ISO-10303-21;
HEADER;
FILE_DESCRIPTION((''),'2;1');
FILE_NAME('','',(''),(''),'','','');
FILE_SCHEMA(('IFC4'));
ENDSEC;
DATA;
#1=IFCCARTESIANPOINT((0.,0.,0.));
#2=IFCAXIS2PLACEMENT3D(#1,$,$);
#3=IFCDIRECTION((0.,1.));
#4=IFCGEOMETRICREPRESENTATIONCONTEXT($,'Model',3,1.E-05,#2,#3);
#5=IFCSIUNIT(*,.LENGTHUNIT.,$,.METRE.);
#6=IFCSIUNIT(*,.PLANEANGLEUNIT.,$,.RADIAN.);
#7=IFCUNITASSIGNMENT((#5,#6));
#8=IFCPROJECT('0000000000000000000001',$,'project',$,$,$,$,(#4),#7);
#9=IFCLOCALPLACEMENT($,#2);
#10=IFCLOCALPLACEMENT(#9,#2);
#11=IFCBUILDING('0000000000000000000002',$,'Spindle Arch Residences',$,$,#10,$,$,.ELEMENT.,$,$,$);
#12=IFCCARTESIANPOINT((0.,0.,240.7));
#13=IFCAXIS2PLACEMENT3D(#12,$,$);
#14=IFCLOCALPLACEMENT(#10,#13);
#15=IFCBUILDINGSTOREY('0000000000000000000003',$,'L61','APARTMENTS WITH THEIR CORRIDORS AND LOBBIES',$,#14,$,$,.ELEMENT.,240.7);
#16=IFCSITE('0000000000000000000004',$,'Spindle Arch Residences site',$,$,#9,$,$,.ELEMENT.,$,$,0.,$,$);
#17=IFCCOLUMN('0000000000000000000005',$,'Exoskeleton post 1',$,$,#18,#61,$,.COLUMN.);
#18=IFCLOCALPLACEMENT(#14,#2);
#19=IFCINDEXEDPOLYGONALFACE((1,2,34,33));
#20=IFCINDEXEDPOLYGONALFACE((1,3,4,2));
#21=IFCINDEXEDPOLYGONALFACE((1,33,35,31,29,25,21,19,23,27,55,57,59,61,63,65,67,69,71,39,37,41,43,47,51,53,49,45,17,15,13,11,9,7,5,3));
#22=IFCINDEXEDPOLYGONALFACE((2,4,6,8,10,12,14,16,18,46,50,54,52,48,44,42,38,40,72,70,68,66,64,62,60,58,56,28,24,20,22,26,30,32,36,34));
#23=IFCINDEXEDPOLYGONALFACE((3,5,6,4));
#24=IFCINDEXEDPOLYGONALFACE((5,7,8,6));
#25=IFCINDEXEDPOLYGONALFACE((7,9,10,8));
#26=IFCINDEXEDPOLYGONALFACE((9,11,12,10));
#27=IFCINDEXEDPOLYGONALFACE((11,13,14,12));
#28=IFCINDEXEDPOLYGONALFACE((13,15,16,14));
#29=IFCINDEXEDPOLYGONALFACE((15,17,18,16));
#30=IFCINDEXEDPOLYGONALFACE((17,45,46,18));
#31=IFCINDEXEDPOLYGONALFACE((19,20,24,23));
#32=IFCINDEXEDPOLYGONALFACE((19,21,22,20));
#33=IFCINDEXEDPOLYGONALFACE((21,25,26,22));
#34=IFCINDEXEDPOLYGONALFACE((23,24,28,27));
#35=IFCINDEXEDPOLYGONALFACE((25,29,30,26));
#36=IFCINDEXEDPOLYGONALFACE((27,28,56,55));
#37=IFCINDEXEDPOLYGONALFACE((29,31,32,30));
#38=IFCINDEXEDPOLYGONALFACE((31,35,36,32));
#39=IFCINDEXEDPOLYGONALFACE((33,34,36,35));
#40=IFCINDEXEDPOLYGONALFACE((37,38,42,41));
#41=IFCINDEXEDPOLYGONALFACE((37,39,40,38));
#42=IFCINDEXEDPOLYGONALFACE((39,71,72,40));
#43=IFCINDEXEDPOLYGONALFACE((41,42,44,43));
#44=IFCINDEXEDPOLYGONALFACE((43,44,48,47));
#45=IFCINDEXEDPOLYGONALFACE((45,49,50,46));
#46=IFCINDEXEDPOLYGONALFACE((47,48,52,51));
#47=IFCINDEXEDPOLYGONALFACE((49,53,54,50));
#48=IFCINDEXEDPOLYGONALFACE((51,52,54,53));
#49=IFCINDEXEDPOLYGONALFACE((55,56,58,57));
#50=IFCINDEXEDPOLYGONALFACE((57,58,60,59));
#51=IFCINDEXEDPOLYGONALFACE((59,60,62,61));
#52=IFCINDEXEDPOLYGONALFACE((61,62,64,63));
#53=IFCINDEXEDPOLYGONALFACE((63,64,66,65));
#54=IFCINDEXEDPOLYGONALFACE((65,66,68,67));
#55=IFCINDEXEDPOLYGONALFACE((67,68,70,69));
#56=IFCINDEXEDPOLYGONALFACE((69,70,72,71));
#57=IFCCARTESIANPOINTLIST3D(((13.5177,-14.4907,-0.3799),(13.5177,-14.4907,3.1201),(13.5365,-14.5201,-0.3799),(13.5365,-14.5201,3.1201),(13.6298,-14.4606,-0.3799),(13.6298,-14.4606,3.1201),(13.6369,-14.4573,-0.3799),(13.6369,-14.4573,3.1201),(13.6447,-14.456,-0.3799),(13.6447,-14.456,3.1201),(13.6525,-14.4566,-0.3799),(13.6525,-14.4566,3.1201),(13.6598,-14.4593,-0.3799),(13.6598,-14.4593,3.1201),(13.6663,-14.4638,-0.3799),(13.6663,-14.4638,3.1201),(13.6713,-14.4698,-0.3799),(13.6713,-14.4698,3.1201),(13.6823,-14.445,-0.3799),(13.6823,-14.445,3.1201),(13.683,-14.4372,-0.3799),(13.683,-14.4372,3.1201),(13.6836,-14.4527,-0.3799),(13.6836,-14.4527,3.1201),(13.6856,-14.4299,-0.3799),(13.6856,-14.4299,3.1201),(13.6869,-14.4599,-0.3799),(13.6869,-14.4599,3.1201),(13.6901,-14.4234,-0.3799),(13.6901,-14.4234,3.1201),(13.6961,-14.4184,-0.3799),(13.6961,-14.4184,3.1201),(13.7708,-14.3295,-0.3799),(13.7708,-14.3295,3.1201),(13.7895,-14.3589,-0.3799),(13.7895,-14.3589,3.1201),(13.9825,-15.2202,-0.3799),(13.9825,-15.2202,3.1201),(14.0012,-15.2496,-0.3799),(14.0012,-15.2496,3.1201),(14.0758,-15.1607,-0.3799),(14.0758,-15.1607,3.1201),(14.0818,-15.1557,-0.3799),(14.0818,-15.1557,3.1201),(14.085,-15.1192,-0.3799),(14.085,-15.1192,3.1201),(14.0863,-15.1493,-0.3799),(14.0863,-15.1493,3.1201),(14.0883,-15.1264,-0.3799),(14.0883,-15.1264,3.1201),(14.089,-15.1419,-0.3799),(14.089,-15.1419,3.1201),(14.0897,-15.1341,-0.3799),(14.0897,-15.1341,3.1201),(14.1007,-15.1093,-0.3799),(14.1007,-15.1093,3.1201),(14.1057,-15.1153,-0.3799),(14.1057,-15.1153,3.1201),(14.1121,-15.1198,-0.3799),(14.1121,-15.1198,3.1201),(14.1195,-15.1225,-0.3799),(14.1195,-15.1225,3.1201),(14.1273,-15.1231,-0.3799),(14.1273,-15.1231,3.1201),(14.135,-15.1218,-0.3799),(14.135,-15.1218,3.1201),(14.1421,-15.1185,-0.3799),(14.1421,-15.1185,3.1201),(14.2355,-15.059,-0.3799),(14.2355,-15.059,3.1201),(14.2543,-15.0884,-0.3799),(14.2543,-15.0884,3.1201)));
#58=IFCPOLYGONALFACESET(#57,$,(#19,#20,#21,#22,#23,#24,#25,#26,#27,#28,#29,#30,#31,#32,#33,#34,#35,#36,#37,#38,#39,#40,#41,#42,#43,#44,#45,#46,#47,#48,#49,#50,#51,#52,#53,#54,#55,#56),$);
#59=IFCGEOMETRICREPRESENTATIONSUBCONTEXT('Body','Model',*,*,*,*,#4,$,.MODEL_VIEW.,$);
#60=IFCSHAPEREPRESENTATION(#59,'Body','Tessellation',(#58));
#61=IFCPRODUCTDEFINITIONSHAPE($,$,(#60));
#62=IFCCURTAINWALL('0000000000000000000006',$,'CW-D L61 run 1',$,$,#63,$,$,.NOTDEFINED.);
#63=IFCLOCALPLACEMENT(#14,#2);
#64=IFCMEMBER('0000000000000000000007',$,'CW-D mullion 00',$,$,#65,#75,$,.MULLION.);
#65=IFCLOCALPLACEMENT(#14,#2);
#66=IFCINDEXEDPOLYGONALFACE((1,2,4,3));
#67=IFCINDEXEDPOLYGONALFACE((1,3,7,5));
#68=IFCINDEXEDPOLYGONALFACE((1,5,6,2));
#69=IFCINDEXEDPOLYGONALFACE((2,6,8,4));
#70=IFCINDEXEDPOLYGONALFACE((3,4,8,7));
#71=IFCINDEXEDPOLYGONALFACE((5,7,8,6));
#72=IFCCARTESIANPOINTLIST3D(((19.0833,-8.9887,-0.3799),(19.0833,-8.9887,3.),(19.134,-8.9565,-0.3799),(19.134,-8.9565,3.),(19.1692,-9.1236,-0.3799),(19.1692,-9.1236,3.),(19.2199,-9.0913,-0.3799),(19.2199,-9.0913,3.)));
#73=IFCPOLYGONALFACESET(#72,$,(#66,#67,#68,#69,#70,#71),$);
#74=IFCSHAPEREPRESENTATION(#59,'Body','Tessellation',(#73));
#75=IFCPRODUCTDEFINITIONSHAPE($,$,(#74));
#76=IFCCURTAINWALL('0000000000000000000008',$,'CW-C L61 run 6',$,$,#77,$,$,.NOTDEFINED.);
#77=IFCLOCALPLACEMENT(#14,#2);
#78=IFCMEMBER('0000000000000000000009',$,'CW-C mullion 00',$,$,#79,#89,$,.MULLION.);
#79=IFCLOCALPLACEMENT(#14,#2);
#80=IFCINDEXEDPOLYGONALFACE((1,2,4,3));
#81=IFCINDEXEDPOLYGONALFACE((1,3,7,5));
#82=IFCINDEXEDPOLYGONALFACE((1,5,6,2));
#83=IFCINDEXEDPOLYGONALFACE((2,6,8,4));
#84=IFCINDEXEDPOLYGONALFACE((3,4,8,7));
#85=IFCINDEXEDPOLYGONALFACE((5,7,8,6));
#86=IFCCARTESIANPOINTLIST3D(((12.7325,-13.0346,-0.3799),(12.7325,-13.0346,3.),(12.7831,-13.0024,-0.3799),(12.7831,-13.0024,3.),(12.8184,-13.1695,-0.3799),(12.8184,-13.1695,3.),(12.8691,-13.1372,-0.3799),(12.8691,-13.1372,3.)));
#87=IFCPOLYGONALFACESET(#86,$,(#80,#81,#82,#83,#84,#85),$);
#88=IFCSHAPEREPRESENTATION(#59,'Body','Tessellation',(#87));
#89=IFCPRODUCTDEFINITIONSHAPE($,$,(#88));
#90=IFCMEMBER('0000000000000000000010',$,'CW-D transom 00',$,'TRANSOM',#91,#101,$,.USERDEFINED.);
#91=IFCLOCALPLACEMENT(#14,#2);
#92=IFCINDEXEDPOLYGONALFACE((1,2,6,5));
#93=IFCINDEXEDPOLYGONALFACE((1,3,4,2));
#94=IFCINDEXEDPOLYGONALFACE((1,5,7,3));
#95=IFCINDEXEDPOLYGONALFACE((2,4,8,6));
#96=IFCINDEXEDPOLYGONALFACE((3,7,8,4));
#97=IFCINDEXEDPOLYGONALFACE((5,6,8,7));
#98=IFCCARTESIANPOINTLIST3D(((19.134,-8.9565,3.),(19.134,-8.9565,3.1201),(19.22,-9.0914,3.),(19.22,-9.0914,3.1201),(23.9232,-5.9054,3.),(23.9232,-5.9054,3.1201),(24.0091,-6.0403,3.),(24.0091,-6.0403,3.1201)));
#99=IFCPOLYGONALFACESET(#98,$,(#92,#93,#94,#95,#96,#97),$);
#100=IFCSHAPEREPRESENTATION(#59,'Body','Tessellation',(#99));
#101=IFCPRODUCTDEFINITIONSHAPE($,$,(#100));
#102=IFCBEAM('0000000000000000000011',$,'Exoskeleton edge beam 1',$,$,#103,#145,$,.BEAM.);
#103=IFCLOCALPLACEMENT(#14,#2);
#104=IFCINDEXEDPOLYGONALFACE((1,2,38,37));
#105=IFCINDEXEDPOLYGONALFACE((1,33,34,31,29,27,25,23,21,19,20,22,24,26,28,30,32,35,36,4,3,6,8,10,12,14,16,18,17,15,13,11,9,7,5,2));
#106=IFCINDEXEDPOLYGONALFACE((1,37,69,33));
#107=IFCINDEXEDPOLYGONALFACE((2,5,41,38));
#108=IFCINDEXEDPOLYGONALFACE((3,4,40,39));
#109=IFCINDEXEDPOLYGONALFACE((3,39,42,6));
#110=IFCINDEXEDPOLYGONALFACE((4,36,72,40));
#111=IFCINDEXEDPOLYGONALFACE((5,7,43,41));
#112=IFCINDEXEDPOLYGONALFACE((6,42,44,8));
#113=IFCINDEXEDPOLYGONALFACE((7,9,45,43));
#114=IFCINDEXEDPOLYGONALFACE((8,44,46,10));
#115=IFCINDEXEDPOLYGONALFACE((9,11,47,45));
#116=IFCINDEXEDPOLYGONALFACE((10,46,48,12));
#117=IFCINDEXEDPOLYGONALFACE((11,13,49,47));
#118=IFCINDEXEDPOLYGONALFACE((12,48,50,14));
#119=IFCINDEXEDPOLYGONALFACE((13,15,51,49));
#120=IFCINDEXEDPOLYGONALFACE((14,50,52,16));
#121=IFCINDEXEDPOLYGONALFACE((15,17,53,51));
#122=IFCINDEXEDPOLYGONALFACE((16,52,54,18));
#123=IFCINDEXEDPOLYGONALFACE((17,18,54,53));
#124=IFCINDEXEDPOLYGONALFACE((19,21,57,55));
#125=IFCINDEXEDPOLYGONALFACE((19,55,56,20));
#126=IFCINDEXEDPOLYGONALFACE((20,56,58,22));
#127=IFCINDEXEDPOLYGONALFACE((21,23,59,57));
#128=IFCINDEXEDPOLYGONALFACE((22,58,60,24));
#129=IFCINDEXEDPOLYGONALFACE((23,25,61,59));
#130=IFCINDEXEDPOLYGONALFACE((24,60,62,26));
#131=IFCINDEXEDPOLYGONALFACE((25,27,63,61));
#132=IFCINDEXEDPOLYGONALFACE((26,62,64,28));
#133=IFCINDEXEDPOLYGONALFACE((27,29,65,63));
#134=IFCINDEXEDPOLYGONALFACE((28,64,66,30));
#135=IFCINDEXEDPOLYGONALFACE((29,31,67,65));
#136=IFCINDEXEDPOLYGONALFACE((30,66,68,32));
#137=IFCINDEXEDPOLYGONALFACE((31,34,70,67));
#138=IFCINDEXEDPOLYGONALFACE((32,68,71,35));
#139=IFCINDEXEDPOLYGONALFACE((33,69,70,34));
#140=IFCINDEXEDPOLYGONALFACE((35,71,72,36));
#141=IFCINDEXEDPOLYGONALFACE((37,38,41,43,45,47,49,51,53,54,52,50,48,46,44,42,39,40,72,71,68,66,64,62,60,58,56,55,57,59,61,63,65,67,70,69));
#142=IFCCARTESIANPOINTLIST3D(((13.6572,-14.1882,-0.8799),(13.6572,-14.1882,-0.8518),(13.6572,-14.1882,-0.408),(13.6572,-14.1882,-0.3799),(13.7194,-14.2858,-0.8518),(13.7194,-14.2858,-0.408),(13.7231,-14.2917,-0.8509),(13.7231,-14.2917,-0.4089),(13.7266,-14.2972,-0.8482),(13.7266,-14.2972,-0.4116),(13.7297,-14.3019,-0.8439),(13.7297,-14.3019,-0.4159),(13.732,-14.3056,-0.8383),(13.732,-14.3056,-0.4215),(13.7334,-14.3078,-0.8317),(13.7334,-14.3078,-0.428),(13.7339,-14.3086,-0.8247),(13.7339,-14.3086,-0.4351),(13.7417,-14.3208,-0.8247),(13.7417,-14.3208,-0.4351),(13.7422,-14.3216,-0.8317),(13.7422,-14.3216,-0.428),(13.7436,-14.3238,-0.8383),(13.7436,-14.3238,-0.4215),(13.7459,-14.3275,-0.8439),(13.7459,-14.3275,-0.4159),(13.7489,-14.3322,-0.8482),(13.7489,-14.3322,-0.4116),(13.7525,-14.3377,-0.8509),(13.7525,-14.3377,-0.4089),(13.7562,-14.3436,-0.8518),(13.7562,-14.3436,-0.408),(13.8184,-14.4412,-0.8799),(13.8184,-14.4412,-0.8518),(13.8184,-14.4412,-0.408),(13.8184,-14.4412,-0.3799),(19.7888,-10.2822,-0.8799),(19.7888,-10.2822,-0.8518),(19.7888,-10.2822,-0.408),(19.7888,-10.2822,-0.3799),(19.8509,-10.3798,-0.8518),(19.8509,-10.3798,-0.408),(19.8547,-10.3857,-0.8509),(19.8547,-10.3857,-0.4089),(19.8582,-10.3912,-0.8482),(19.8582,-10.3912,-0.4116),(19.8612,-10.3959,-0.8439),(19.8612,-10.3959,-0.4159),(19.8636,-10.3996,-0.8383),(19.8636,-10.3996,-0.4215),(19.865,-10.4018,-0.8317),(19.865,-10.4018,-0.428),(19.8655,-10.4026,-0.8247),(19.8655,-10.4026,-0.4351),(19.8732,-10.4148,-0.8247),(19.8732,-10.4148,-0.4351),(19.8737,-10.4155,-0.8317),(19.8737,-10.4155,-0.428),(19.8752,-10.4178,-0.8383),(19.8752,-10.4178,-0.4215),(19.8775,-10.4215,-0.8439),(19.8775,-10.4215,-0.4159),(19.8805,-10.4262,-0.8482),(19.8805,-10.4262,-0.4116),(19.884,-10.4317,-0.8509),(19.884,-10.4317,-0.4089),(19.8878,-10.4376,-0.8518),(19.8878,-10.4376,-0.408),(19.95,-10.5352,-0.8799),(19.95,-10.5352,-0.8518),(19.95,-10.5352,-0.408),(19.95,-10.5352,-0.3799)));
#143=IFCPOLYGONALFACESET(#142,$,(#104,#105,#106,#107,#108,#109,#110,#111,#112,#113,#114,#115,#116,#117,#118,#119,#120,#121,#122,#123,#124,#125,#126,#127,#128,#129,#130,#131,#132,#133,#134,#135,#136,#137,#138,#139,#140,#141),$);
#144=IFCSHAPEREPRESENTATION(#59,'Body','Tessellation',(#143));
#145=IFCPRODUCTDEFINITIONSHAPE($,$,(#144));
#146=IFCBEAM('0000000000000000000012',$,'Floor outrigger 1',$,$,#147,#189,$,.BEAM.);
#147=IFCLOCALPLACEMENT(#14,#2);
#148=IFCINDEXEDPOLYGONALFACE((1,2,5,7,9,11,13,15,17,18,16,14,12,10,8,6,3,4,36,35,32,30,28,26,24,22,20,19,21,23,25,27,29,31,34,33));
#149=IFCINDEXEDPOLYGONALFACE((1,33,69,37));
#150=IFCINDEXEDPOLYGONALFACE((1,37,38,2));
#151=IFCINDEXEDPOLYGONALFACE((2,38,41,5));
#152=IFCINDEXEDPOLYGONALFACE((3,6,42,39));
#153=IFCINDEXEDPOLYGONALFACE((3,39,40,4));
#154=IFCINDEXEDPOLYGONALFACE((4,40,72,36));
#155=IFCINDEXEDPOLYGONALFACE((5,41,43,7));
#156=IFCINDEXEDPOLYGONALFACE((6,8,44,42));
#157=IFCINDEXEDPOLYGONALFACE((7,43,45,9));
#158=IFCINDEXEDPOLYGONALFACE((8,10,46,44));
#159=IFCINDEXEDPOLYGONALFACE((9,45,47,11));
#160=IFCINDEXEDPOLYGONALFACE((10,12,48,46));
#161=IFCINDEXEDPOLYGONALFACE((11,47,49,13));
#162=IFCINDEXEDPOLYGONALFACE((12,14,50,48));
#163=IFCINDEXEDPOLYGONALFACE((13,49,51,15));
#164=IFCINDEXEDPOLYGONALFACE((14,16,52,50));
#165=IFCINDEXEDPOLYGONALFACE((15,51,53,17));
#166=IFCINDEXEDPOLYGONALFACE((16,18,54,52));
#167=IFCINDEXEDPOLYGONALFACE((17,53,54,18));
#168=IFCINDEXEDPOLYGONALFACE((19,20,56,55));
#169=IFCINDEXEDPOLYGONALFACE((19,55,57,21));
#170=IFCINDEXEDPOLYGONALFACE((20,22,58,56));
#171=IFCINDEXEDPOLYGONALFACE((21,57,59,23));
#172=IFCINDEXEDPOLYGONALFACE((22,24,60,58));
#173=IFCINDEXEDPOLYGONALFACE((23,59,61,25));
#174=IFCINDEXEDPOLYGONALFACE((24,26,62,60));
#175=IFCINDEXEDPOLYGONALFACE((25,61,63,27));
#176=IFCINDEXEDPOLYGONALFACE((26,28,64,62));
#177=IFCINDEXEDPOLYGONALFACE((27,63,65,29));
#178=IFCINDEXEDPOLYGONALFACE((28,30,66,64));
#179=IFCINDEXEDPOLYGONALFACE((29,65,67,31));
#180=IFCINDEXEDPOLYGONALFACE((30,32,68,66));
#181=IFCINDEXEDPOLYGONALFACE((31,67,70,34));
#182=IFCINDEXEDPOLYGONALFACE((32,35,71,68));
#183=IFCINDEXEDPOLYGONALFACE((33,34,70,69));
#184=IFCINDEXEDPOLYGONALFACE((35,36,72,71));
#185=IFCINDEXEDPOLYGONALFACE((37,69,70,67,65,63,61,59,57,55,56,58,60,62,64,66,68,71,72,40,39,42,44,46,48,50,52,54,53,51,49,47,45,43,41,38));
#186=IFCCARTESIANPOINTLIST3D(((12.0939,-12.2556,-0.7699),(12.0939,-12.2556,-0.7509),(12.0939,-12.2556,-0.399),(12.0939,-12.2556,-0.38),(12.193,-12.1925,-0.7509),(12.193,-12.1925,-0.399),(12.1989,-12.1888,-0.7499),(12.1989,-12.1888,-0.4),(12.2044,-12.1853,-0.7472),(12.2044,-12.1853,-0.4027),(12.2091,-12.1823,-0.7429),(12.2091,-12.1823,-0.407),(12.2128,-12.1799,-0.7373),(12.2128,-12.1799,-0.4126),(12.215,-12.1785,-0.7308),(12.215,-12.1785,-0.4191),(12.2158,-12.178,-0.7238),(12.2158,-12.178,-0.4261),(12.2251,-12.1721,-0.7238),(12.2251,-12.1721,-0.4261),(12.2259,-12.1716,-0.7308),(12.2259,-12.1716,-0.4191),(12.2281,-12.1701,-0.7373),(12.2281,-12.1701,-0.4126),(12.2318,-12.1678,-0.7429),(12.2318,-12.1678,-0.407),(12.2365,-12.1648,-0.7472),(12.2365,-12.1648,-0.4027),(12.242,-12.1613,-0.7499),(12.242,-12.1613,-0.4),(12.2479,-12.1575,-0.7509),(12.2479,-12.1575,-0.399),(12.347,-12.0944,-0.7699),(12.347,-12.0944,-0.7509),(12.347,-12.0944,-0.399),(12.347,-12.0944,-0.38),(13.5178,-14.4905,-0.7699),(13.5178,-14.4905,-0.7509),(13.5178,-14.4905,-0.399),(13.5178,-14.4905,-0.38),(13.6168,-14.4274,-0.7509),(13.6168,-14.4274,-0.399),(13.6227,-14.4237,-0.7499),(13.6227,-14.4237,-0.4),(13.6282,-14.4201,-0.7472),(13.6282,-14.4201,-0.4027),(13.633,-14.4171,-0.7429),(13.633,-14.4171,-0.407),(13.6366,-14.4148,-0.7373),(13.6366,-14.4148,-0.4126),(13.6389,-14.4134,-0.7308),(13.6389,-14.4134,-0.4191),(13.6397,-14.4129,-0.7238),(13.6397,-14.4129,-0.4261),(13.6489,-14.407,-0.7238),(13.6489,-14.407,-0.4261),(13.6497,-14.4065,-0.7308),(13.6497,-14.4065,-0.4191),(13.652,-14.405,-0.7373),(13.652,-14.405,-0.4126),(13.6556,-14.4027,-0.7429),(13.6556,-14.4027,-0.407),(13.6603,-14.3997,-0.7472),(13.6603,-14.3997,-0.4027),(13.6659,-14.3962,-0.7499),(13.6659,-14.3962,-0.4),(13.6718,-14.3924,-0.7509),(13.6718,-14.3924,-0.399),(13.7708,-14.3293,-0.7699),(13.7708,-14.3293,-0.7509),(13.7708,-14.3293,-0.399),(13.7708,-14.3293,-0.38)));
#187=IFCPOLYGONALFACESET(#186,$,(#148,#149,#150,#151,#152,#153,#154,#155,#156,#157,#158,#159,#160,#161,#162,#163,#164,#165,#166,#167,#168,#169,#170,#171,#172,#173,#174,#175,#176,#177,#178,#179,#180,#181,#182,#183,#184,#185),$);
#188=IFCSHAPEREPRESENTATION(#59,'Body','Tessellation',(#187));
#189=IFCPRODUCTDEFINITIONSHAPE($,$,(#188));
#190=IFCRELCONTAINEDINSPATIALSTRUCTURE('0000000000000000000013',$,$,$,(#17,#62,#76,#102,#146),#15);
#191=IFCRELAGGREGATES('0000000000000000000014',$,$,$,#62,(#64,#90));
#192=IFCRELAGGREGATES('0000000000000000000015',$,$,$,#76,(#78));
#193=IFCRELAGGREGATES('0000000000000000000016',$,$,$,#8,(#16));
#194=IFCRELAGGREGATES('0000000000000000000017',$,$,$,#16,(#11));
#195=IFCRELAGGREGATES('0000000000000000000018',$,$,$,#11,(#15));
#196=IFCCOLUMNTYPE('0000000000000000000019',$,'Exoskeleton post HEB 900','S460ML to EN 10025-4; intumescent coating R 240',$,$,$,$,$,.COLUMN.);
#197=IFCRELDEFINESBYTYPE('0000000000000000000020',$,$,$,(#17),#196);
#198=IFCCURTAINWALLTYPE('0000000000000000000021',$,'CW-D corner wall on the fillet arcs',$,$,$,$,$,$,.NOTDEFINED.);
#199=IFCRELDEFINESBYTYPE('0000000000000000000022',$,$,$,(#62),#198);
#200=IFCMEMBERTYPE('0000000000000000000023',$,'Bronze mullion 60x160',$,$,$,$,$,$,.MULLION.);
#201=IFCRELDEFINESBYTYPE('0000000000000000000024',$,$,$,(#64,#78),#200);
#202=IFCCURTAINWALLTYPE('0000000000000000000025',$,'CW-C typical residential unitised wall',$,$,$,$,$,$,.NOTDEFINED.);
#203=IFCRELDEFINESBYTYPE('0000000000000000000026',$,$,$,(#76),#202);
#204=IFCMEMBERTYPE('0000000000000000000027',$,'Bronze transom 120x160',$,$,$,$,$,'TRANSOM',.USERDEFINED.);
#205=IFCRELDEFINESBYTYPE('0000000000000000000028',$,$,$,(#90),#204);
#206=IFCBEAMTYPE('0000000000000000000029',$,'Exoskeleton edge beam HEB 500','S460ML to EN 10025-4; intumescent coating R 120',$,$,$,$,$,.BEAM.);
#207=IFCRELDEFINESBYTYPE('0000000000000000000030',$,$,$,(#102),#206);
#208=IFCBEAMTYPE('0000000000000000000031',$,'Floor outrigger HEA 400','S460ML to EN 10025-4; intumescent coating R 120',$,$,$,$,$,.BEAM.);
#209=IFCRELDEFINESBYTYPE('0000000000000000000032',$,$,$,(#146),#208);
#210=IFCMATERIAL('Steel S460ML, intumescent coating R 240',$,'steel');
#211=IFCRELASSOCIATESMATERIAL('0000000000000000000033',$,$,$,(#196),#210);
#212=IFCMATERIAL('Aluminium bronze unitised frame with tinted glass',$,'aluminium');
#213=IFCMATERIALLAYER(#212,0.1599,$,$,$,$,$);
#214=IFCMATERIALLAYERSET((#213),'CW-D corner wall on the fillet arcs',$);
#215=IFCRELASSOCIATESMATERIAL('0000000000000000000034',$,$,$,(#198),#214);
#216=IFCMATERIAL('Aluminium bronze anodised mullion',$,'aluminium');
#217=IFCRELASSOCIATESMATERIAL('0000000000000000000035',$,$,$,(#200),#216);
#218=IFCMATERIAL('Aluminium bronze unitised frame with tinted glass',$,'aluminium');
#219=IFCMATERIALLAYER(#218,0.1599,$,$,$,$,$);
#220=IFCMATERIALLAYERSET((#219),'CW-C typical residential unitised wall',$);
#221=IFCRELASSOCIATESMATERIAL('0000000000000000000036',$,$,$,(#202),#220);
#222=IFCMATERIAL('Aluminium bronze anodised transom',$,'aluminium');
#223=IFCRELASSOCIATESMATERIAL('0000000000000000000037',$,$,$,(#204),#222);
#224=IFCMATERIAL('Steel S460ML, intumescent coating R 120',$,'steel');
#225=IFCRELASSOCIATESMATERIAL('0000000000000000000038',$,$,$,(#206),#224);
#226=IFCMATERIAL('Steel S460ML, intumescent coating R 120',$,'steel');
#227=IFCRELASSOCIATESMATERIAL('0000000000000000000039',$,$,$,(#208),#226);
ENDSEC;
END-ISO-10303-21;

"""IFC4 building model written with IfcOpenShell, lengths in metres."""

from ifc_helpers import new_model, si_unit, direction, frame, origin, origin_2d, place, context, subcontext, project, spatial, rectangle, i_section, extrude, material, layer, layer_set, material_profile, profile_set, type_object, element, aggregate, save


model = new_model("IFC4")

# Units and contexts
model_context = context("Model", 3, precision=1e-05, world=origin(), true_north=direction((0.0, 1.0)))
body_context = subcontext(model_context, "Body", "Model", "MODEL_VIEW")
ifc_project = project(units=[si_unit("LENGTHUNIT", "METRE"), si_unit("PLANEANGLEUNIT", "RADIAN")], contexts=[model_context])

# Site, building, storey
site_placement = place(None, origin())
site = spatial("IfcSite", under=ifc_project, at=site_placement, Name="Spindle Arch Residences site", CompositionType="ELEMENT", RefElevation=0.0)
building_placement = place(site_placement, origin())
building = spatial("IfcBuilding", under=site, at=building_placement, Name="Spindle Arch Residences", CompositionType="ELEMENT")
storey_placement = place(building_placement, frame((0.0, 0.0, 240.7)))
storey = spatial("IfcBuildingStorey", under=building, at=storey_placement, Name="L61", Description="APARTMENTS WITH THEIR CORRIDORS AND LOBBIES", CompositionType="ELEMENT", Elevation=240.7)

# Column
ifc_material_1 = material(Name="Steel S460ML, intumescent coating R 240", Category="steel")
ifc_material_profile_1 = material_profile(ifc_material_1, i_section(OverallWidth=0.3, OverallDepth=0.8999, WebThickness=0.0186, FlangeThickness=0.0349, FilletRadius=0.03, at=origin_2d()), Name="HEB 900")
ifc_profile_set_1 = profile_set([ifc_material_profile_1], Name="Steel S460ML, intumescent coating R 240")
column_type = type_object("IfcColumnType", Name="Exoskeleton post HEB 900", Description="S460ML to EN 10025-4; intumescent coating R 240", PredefinedType="COLUMN", material=ifc_profile_set_1)
column_placement = place(storey_placement, frame((13.886, -14.7896, -0.3799), z_axis=(0.0, 0.0, 1.0), x_axis=(-0.843391, -0.5373, 0.0)))
element("IfcColumn", 1, at=column_placement, inside=storey, type_object=column_type, Name="Exoskeleton post 1", PredefinedType="COLUMN", context=body_context, shape_type="SweptSolid", body=[
    extrude(i_section(OverallWidth=0.3, OverallDepth=0.8999, WebThickness=0.0186, FlangeThickness=0.0349, FilletRadius=0.03, at=origin_2d()), origin(), (0.0, 0.0, 1.0), 3.5),
])

# Curtain walls, members
ifc_material_2 = material(Name="Aluminium bronze unitised frame with tinted glass", Category="aluminium")
ifc_layer_1 = layer(ifc_material_2, 0.1599)
ifc_layer_set_1 = layer_set([ifc_layer_1], Name="CW-D corner wall on the fillet arcs")
curtain_wall_type_1 = type_object("IfcCurtainWallType", Name="CW-D corner wall on the fillet arcs", PredefinedType="NOTDEFINED", material=ifc_layer_set_1)
curtain_wall_1_placement = place(storey_placement, origin())
curtain_wall_1 = element("IfcCurtainWall", 2, at=curtain_wall_1_placement, inside=storey, type_object=curtain_wall_type_1, Name="CW-D L61 run 1", PredefinedType="NOTDEFINED")
ifc_material_3 = material(Name="Aluminium bronze anodised mullion", Category="aluminium")
ifc_material_profile_2 = material_profile(ifc_material_3, rectangle(XDim=0.1599, YDim=0.0601, at=origin_2d()), Name="MU 60x160")
ifc_profile_set_2 = profile_set([ifc_material_profile_2], Name="Aluminium bronze anodised mullion")
member_type_1 = type_object("IfcMemberType", Name="Bronze mullion 60x160", PredefinedType="MULLION", material=ifc_profile_set_2)
member_1_placement = place(storey_placement, frame((19.1516, -9.04, -0.3799), z_axis=(0.0, 0.0, 1.0), x_axis=(-0.5373, 0.843391, 0.0)))
member_1 = element("IfcMember", 3, at=member_1_placement, type_object=member_type_1, Name="CW-D mullion 00", PredefinedType="MULLION", context=body_context, shape_type="SweptSolid", body=[
    extrude(rectangle(XDim=0.1599, YDim=0.0601, at=origin_2d()), origin(), (0.0, 0.0, 1.0), 3.3799),
])
ifc_material_4 = material(Name="Aluminium bronze unitised frame with tinted glass", Category="aluminium")
ifc_layer_2 = layer(ifc_material_4, 0.1599)
ifc_layer_set_2 = layer_set([ifc_layer_2], Name="CW-C typical residential unitised wall")
curtain_wall_type_2 = type_object("IfcCurtainWallType", Name="CW-C typical residential unitised wall", PredefinedType="NOTDEFINED", material=ifc_layer_set_2)
curtain_wall_2_placement = place(storey_placement, origin())
curtain_wall_2 = element("IfcCurtainWall", 4, at=curtain_wall_2_placement, inside=storey, type_object=curtain_wall_type_2, Name="CW-C L61 run 6", PredefinedType="NOTDEFINED")
member_2_placement = place(storey_placement, frame((12.8008, -13.0859, -0.3799), z_axis=(0.0, 0.0, 1.0), x_axis=(-0.5373, 0.843391, 0.0)))
member_2 = element("IfcMember", 5, at=member_2_placement, type_object=member_type_1, Name="CW-C mullion 00", PredefinedType="MULLION", context=body_context, shape_type="SweptSolid", body=[
    extrude(rectangle(XDim=0.1599, YDim=0.0601, at=origin_2d()), origin(), (0.0, 0.0, 1.0), 3.3799),
])

# Member
ifc_material_5 = material(Name="Aluminium bronze anodised transom", Category="aluminium")
ifc_material_profile_3 = material_profile(ifc_material_5, rectangle(XDim=0.1599, YDim=0.1201, at=origin_2d()), Name="TR 120x160")
ifc_profile_set_3 = profile_set([ifc_material_profile_3], Name="Aluminium bronze anodised transom")
member_type_2 = type_object("IfcMemberType", Name="Bronze transom 120x160", ElementType="TRANSOM", PredefinedType="USERDEFINED", material=ifc_profile_set_3)
member_3_placement = place(storey_placement, frame((19.177, -9.0239, 3.0601), z_axis=(0.843387, 0.537307, 0.0), x_axis=(-0.537307, 0.843387, 0.0)))
member_3 = element("IfcMember", 6, at=member_3_placement, type_object=member_type_2, Name="CW-D transom 00", ObjectType="TRANSOM", PredefinedType="USERDEFINED", context=body_context, shape_type="SweptSolid", body=[
    extrude(rectangle(XDim=0.1599, YDim=0.1201, at=origin_2d()), origin(), (0.0, 0.0, 1.0), 5.6785),
])
aggregate(curtain_wall_1, [member_1, member_3])

# Beams
ifc_material_6 = material(Name="Steel S460ML, intumescent coating R 120", Category="steel")
ifc_material_profile_4 = material_profile(ifc_material_6, i_section(OverallWidth=0.3, OverallDepth=0.5, WebThickness=0.0144, FlangeThickness=0.0281, FilletRadius=0.0271, at=origin_2d()), Name="HEB 500")
ifc_profile_set_4 = profile_set([ifc_material_profile_4], Name="Steel S460ML, intumescent coating R 120")
beam_type_1 = type_object("IfcBeamType", Name="Exoskeleton edge beam HEB 500", Description="S460ML to EN 10025-4; intumescent coating R 120", PredefinedType="BEAM", material=ifc_profile_set_4)
beam_placement = place(storey_placement, frame((13.7378, -14.3147, -0.6299), z_axis=(0.843407, 0.537275, 0.0), x_axis=(-0.537275, 0.843407, 0.0)))
element("IfcBeam", 7, at=beam_placement, inside=storey, type_object=beam_type_1, Name="Exoskeleton edge beam 1", PredefinedType="BEAM", context=body_context, shape_type="SweptSolid", body=[
    extrude(i_section(OverallWidth=0.3, OverallDepth=0.5, WebThickness=0.0144, FlangeThickness=0.0281, FilletRadius=0.0271, at=origin_2d()), origin(), (0.0, 0.0, 1.0), 7.27),
])
ifc_material_7 = material(Name="Steel S460ML, intumescent coating R 120", Category="steel")
ifc_material_profile_5 = material_profile(ifc_material_7, i_section(OverallWidth=0.3, OverallDepth=0.3899, WebThickness=0.011, FlangeThickness=0.019, FilletRadius=0.0271, at=origin_2d()), Name="HEA 400")
ifc_profile_set_5 = profile_set([ifc_material_profile_5], Name="Steel S460ML, intumescent coating R 120")
beam_type_2 = type_object("IfcBeamType", Name="Floor outrigger HEA 400", Description="S460ML to EN 10025-4; intumescent coating R 120", PredefinedType="BEAM", material=ifc_profile_set_5)
for number, where, z_axis, x_axis, name in (
    (8, (13.6443, -14.4099, -0.575), (-0.537317, 0.843381, 0.0), (-0.843381, -0.537317, 0.0), "Floor outrigger 1"),
):
    element("IfcBeam", number, at=place(storey_placement, frame(where, z_axis=z_axis, x_axis=x_axis)), inside=storey, type_object=beam_type_2, Name=name, PredefinedType="BEAM", context=body_context, shape_type="SweptSolid", body=[
        extrude(i_section(OverallWidth=0.3, OverallDepth=0.3899, WebThickness=0.011, FlangeThickness=0.019, FilletRadius=0.0271, at=origin_2d()), origin(), (0.0, 0.0, 1.0), 2.6499),
    ])

aggregate(curtain_wall_2, [member_2])

save(model, "model.ifc")
